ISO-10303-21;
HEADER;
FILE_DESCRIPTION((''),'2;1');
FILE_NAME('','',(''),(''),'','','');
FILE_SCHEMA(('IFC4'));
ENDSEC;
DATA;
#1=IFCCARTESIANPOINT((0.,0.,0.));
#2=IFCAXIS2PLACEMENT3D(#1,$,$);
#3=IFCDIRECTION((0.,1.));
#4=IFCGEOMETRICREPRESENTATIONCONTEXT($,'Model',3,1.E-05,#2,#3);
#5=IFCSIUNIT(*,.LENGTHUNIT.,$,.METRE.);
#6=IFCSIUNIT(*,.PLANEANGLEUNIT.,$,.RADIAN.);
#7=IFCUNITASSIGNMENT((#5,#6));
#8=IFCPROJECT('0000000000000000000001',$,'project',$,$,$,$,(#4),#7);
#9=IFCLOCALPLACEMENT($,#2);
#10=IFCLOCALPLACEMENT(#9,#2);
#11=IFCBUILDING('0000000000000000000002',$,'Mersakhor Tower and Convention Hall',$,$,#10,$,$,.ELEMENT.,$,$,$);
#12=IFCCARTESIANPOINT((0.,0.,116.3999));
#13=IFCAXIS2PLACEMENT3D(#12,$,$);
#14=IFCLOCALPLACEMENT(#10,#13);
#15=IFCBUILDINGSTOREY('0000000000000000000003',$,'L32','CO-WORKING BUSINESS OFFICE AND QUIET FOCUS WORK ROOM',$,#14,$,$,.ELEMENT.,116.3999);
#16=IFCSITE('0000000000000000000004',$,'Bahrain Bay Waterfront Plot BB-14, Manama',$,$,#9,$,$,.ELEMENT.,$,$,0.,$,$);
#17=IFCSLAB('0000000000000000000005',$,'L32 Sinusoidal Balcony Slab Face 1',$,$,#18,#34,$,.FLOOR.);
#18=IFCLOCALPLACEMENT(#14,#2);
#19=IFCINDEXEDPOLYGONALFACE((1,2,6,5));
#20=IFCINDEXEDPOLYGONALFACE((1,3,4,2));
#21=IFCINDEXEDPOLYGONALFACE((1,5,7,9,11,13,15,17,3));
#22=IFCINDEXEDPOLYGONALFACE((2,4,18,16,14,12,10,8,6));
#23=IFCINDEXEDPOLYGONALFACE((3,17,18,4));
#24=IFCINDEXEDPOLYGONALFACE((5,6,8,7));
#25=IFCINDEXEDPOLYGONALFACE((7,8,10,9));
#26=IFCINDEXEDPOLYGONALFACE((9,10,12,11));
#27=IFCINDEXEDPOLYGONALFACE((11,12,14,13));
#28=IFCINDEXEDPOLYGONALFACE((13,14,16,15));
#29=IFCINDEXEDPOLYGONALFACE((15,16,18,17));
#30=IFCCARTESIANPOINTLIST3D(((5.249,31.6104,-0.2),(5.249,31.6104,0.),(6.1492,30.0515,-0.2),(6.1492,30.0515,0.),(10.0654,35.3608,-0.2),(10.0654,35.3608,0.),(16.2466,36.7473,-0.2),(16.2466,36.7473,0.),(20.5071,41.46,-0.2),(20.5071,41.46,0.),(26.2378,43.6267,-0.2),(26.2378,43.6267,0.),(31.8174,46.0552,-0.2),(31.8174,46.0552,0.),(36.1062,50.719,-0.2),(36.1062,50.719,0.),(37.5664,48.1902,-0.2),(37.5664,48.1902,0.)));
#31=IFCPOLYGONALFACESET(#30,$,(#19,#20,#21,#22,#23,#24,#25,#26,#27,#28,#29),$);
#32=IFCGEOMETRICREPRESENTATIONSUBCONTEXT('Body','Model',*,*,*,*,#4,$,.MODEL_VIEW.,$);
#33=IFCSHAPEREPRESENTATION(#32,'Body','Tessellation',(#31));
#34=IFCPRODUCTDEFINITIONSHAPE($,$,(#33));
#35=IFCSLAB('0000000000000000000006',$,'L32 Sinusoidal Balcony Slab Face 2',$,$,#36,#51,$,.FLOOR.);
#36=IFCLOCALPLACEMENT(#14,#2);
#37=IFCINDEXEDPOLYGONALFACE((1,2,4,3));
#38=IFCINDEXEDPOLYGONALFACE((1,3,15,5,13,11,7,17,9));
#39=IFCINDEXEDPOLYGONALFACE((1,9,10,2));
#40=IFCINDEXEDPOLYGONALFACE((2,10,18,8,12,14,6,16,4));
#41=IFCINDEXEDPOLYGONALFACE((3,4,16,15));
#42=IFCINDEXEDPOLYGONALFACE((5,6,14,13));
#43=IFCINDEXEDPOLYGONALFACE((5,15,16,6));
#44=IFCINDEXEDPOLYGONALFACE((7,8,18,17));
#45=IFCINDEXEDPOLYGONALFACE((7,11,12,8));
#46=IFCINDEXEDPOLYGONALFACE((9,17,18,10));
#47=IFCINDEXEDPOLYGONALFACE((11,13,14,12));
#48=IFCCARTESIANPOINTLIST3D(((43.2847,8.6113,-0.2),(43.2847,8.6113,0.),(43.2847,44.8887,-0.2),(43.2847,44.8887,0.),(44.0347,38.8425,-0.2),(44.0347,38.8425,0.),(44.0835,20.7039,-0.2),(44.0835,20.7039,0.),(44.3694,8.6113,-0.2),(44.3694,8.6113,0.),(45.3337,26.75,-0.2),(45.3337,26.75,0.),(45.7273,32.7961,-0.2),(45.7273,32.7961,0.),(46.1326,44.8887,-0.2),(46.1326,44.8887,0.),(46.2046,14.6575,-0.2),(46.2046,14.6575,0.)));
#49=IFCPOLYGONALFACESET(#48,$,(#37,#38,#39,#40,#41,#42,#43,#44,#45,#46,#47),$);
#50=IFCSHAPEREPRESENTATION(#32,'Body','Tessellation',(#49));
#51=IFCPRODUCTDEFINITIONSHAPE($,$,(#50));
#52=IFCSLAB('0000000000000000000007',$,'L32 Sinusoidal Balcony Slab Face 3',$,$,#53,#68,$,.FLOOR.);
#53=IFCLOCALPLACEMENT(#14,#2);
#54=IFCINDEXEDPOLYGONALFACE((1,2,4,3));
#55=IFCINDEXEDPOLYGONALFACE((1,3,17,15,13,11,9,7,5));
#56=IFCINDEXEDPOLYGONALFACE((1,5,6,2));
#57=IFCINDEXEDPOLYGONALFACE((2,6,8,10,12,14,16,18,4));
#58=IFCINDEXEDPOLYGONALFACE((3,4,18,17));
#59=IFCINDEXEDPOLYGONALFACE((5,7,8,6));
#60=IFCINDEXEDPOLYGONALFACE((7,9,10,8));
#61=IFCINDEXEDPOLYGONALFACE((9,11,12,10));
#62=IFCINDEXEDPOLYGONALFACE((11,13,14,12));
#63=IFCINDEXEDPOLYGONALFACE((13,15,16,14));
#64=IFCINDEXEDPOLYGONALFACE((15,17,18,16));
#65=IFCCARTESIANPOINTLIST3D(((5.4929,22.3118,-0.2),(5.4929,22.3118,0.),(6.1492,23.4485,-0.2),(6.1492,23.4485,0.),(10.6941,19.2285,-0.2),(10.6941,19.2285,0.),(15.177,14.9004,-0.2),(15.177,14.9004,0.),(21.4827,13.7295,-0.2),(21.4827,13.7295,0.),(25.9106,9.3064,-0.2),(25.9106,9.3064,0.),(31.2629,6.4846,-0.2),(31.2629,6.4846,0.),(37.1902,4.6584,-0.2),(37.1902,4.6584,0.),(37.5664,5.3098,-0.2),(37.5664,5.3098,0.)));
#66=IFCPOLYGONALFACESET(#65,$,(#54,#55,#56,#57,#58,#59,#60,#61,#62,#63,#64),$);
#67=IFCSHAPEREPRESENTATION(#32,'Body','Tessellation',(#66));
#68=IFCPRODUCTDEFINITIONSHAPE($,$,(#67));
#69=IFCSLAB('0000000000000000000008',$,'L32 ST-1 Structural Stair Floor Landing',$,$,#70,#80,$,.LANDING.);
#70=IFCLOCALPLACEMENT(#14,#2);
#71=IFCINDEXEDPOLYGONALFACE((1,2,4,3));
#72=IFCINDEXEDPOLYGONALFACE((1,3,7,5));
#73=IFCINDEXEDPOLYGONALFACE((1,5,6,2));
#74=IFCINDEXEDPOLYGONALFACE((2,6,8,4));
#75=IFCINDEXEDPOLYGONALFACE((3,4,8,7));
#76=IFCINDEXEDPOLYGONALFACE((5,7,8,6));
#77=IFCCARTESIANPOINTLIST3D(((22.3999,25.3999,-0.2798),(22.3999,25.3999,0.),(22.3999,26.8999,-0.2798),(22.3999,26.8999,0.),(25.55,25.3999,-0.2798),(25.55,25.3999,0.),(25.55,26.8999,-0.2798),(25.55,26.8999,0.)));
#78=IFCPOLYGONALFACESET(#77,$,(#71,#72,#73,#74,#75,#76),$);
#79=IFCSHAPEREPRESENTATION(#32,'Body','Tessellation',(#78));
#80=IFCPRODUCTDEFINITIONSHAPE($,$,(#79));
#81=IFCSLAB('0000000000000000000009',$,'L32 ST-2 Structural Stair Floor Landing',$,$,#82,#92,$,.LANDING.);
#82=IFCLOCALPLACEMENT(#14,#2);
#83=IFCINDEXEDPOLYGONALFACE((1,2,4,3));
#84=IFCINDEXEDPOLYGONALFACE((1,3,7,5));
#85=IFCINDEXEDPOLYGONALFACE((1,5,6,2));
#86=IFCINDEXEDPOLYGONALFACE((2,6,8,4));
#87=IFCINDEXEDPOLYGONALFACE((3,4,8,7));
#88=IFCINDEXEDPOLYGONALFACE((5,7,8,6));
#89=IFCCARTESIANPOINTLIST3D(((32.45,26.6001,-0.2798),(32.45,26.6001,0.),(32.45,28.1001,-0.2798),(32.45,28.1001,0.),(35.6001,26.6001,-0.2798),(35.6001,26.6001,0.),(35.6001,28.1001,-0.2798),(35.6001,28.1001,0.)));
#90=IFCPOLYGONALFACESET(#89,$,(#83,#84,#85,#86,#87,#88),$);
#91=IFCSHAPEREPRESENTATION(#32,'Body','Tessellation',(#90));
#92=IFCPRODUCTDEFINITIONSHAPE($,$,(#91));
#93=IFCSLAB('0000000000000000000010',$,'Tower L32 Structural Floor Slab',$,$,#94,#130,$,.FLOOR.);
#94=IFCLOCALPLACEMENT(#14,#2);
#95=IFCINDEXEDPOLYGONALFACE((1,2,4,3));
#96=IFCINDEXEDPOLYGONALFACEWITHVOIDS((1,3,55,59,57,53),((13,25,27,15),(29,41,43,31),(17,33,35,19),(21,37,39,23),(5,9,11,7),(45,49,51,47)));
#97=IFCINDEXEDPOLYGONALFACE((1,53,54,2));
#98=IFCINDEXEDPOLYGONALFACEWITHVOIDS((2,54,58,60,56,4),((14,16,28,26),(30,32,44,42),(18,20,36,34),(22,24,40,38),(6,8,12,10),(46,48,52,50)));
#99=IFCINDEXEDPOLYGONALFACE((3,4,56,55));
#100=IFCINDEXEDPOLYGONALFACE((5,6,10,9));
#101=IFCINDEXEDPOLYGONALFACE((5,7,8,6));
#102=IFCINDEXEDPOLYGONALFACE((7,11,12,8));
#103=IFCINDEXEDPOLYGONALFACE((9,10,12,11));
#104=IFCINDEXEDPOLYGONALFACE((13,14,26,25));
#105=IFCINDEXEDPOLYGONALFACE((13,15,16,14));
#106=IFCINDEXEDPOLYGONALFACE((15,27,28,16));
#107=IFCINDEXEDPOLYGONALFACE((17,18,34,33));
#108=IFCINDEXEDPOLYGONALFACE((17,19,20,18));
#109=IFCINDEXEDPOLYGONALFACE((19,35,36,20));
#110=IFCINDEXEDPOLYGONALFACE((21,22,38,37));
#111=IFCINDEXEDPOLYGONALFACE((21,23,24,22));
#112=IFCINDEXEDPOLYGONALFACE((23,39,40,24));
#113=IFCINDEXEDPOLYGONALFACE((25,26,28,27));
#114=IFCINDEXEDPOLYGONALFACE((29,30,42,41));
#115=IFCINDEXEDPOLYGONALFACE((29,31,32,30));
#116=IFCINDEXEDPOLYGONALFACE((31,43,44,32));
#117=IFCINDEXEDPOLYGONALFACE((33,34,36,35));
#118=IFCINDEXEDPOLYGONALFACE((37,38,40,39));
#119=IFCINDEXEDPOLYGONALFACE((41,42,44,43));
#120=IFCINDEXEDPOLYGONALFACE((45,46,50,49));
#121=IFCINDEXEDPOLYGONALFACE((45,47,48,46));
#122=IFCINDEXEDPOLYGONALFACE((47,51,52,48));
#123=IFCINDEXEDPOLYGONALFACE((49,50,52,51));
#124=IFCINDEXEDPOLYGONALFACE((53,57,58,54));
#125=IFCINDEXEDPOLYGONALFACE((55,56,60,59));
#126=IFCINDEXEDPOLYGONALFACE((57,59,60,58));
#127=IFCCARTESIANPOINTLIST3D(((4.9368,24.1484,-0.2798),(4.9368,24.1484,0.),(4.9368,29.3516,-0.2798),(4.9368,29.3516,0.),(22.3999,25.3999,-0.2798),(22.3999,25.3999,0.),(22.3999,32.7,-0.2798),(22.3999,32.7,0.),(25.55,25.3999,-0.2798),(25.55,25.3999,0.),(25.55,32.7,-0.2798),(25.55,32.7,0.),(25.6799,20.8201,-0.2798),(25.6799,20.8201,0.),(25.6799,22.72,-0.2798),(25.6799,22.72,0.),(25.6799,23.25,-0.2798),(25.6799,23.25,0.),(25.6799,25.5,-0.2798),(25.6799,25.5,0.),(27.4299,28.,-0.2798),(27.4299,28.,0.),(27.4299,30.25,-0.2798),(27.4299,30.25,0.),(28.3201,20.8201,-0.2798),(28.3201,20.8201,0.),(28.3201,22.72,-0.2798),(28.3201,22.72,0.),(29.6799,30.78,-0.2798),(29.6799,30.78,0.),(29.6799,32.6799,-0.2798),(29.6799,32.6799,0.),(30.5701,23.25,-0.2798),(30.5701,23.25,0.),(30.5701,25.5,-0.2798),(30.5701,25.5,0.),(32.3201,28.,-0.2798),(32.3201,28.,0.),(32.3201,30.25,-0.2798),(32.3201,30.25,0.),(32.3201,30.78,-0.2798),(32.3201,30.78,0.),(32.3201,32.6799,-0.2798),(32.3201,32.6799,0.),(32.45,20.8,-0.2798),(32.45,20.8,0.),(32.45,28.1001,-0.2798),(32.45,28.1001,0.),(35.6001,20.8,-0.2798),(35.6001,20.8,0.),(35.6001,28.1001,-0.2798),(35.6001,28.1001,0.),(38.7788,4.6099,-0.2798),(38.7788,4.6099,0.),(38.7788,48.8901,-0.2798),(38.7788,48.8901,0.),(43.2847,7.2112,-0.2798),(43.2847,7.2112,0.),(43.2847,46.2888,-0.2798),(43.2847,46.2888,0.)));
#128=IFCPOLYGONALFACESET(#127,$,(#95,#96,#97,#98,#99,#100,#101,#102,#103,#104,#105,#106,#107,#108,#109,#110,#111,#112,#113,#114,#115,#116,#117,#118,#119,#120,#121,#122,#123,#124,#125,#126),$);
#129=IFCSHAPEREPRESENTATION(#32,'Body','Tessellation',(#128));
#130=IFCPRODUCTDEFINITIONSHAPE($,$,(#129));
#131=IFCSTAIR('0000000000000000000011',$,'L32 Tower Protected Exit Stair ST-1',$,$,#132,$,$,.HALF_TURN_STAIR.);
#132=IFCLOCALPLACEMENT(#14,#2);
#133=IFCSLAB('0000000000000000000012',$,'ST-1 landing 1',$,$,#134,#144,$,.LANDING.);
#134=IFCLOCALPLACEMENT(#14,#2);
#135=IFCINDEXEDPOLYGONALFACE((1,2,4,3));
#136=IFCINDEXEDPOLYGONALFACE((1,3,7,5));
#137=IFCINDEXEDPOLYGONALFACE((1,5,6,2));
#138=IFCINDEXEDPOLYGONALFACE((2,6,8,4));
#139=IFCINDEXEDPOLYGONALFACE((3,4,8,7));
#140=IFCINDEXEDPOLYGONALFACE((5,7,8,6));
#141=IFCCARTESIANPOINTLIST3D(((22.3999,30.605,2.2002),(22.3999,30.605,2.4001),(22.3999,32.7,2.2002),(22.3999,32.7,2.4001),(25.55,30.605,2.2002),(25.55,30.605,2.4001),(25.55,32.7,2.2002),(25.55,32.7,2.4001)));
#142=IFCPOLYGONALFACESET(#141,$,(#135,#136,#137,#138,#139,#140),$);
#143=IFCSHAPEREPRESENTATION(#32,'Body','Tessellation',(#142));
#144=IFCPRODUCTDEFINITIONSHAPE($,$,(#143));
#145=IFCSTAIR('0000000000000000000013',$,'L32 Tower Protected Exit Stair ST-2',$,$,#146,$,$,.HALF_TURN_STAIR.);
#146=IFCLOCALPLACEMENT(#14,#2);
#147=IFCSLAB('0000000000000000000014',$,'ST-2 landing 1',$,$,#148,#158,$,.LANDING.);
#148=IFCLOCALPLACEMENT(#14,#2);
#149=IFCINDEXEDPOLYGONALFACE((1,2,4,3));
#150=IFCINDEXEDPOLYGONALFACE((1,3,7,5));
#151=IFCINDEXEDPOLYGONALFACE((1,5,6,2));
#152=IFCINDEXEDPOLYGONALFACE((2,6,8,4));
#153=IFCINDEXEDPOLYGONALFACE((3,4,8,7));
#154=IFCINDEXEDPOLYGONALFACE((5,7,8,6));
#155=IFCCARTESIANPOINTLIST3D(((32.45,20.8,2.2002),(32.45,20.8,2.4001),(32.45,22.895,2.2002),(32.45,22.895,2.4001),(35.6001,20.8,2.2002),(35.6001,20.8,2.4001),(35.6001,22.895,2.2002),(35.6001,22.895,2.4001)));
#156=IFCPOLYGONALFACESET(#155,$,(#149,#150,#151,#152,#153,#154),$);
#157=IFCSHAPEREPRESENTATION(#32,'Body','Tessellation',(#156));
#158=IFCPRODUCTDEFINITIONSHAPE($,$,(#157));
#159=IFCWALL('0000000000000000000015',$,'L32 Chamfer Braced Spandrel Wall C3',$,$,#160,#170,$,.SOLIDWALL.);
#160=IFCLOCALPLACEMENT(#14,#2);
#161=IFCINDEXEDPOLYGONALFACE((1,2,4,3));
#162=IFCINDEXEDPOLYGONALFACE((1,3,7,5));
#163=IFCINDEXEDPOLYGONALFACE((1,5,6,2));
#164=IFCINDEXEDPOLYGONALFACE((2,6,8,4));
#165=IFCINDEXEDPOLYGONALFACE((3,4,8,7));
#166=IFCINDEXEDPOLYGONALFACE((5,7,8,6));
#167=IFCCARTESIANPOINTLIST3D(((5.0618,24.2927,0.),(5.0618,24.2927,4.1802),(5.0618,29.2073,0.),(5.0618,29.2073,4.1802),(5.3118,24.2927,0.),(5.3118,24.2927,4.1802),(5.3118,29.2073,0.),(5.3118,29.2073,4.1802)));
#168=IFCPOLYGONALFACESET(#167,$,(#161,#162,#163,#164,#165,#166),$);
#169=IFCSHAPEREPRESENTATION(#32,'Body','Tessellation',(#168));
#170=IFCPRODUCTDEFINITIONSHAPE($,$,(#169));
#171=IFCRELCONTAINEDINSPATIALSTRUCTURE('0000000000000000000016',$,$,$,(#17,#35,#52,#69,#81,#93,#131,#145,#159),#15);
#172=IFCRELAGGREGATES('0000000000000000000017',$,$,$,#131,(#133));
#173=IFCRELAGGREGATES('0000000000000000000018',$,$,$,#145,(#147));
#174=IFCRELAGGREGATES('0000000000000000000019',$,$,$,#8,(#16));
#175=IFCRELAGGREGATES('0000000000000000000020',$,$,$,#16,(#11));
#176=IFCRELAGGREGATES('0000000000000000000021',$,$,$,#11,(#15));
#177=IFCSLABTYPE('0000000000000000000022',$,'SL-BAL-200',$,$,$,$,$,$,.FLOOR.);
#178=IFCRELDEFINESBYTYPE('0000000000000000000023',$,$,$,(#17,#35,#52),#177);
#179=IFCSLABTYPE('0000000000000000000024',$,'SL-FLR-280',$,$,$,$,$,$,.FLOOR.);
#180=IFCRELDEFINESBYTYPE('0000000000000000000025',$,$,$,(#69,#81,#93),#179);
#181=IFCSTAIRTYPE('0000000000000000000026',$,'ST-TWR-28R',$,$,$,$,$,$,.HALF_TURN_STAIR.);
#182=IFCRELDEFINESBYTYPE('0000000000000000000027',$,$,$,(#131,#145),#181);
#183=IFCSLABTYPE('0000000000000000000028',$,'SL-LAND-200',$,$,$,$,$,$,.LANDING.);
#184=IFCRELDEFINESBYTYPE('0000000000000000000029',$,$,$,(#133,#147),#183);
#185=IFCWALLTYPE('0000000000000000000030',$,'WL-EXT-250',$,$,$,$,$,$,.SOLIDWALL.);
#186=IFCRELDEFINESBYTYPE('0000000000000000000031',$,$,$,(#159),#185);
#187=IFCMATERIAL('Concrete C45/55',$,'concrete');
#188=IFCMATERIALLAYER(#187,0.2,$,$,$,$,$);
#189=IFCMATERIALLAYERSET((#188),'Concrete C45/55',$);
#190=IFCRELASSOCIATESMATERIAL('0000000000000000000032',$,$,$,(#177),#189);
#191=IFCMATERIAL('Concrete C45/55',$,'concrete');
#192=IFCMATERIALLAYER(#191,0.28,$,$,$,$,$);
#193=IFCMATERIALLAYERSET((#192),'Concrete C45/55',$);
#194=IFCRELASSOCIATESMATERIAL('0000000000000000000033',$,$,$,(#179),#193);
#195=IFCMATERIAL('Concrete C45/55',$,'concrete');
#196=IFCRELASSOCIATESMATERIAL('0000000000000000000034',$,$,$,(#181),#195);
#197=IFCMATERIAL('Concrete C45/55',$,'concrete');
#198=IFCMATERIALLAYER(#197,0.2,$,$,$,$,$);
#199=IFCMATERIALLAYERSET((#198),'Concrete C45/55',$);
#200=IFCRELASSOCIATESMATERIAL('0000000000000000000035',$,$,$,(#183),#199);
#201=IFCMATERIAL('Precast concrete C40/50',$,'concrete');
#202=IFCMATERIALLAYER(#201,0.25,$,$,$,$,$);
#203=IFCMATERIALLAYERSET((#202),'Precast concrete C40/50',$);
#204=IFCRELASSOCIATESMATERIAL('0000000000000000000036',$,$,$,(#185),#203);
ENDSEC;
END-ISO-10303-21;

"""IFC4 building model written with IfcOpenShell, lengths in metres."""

from ifc_helpers import new_model, si_unit, direction, frame, frame_2d, origin, place, context, subcontext, project, spatial, polyline, rectangle, outline, extrude, material, layer, layer_set, type_object, element, aggregate, save


model = new_model("IFC4")

# Units and contexts
model_context = context("Model", 3, precision=1e-05, world=origin(), true_north=direction((0.0, 1.0)))
body_context = subcontext(model_context, "Body", "Model", "MODEL_VIEW")
ifc_project = project(units=[si_unit("LENGTHUNIT", "METRE"), si_unit("PLANEANGLEUNIT", "RADIAN")], contexts=[model_context])

# Site, building, storey
site_placement = place(None, origin())
site = spatial("IfcSite", under=ifc_project, at=site_placement, Name="Bahrain Bay Waterfront Plot BB-14, Manama", CompositionType="ELEMENT", RefElevation=0.0)
building_placement = place(site_placement, origin())
building = spatial("IfcBuilding", under=site, at=building_placement, Name="Mersakhor Tower and Convention Hall", CompositionType="ELEMENT")
storey_placement = place(building_placement, frame((0.0, 0.0, 116.3999)))
storey = spatial("IfcBuildingStorey", under=building, at=storey_placement, Name="L32", Description="CO-WORKING BUSINESS OFFICE AND QUIET FOCUS WORK ROOM", CompositionType="ELEMENT", Elevation=116.3999)

# Slabs
ifc_material_1 = material(Name="Concrete C45/55", Category="concrete")
ifc_layer_1 = layer(ifc_material_1, 0.2)
ifc_layer_set_1 = layer_set([ifc_layer_1], Name="Concrete C45/55")
slab_type_1 = type_object("IfcSlabType", Name="SL-BAL-200", PredefinedType="FLOOR", material=ifc_layer_set_1)
slab_1_placement = place(storey_placement, frame((0.0, 0.0, -0.2)))
element("IfcSlab", 1, at=slab_1_placement, inside=storey, type_object=slab_type_1, Name="L32 Sinusoidal Balcony Slab Face 1", PredefinedType="FLOOR", context=body_context, shape_type="SweptSolid", body=[
    extrude(outline(polyline([(6.1492, 30.0515), (37.5664, 48.1902), (36.1062, 50.719), (31.8174, 46.0552), (26.2378, 43.6267), (20.5071, 41.46), (16.2466, 36.7473), (10.0654, 35.3608), (5.249, 31.6104), (6.1492, 30.0515)])), origin(), (0.0, 0.0, 1.0), 0.2),
])
slab_2_placement = place(storey_placement, frame((0.0, 0.0, -0.2)))
element("IfcSlab", 2, at=slab_2_placement, inside=storey, type_object=slab_type_1, Name="L32 Sinusoidal Balcony Slab Face 2", PredefinedType="FLOOR", context=body_context, shape_type="SweptSolid", body=[
    extrude(outline(polyline([(43.2847, 44.8887), (43.2847, 8.6113), (44.3694, 8.6113), (46.2046, 14.6575), (44.0835, 20.7039), (45.3337, 26.75), (45.7273, 32.7961), (44.0347, 38.8425), (46.1326, 44.8887), (43.2847, 44.8887)])), origin(), (0.0, 0.0, 1.0), 0.2),
])
slab_3_placement = place(storey_placement, frame((0.0, 0.0, -0.2)))
element("IfcSlab", 3, at=slab_3_placement, inside=storey, type_object=slab_type_1, Name="L32 Sinusoidal Balcony Slab Face 3", PredefinedType="FLOOR", context=body_context, shape_type="SweptSolid", body=[
    extrude(outline(polyline([(37.5664, 5.3098), (6.1492, 23.4485), (5.4929, 22.3118), (10.6941, 19.2285), (15.177, 14.9004), (21.4827, 13.7295), (25.9106, 9.3064), (31.2629, 6.4846), (37.1902, 4.6584), (37.5664, 5.3098)])), origin(), (0.0, 0.0, 1.0), 0.2),
])
ifc_material_2 = material(Name="Concrete C45/55", Category="concrete")
ifc_layer_2 = layer(ifc_material_2, 0.28)
ifc_layer_set_2 = layer_set([ifc_layer_2], Name="Concrete C45/55")
slab_type_2 = type_object("IfcSlabType", Name="SL-FLR-280", PredefinedType="FLOOR", material=ifc_layer_set_2)
slab_4_placement = place(storey_placement, frame((0.0, 0.0, -0.2798)))
element("IfcSlab", 4, at=slab_4_placement, inside=storey, type_object=slab_type_2, Name="L32 ST-1 Structural Stair Floor Landing", PredefinedType="LANDING", context=body_context, shape_type="SweptSolid", body=[
    extrude(outline(polyline([(25.55, 25.3999), (25.55, 26.8999), (22.3999, 26.8999), (22.3999, 25.3999), (25.55, 25.3999)])), origin(), (0.0, 0.0, 1.0), 0.2798),
])
slab_5_placement = place(storey_placement, frame((0.0, 0.0, -0.2798)))
element("IfcSlab", 5, at=slab_5_placement, inside=storey, type_object=slab_type_2, Name="L32 ST-2 Structural Stair Floor Landing", PredefinedType="LANDING", context=body_context, shape_type="SweptSolid", body=[
    extrude(outline(polyline([(32.45, 28.1001), (32.45, 26.6001), (35.6001, 26.6001), (35.6001, 28.1001), (32.45, 28.1001)])), origin(), (0.0, 0.0, 1.0), 0.2798),
])
slab_6_placement = place(storey_placement, frame((0.0, 0.0, -0.2798)))
element("IfcSlab", 6, at=slab_6_placement, inside=storey, type_object=slab_type_2, Name="Tower L32 Structural Floor Slab", PredefinedType="FLOOR", context=body_context, shape_type="SweptSolid", body=[
    extrude(outline(polyline([(4.9368, 29.3516), (38.7788, 48.8901), (43.2847, 46.2888), (43.2847, 7.2112), (38.7788, 4.6099), (4.9368, 24.1484), (4.9368, 29.3516)]), holes=[polyline([(25.55, 25.3999), (25.55, 32.7), (22.3999, 32.7), (22.3999, 25.3999), (25.55, 25.3999)]), polyline([(32.45, 28.1001), (32.45, 20.8), (35.6001, 20.8), (35.6001, 28.1001), (32.45, 28.1001)]), polyline([(25.6799, 20.8201), (25.6799, 22.72), (28.3201, 22.72), (28.3201, 20.8201), (25.6799, 20.8201)]), polyline([(29.6799, 30.78), (29.6799, 32.6799), (32.3201, 32.6799), (32.3201, 30.78), (29.6799, 30.78)]), polyline([(25.6799, 23.25), (25.6799, 25.5), (30.5701, 25.5), (30.5701, 23.25), (25.6799, 23.25)]), polyline([(27.4299, 28.0), (27.4299, 30.25), (32.3201, 30.25), (32.3201, 28.0), (27.4299, 28.0)])]), origin(), (0.0, 0.0, 1.0), 0.2798),
])

# Stairs, slabs
ifc_material_3 = material(Name="Concrete C45/55", Category="concrete")
stair_type = type_object("IfcStairType", Name="ST-TWR-28R", PredefinedType="HALF_TURN_STAIR", material=ifc_material_3)
stair_1_placement = place(storey_placement, origin())
stair_1 = element("IfcStair", 7, at=stair_1_placement, inside=storey, type_object=stair_type, Name="L32 Tower Protected Exit Stair ST-1", PredefinedType="HALF_TURN_STAIR")
ifc_material_4 = material(Name="Concrete C45/55", Category="concrete")
ifc_layer_3 = layer(ifc_material_4, 0.2)
ifc_layer_set_3 = layer_set([ifc_layer_3], Name="Concrete C45/55")
slab_type_3 = type_object("IfcSlabType", Name="SL-LAND-200", PredefinedType="LANDING", material=ifc_layer_set_3)
slab_7_placement = place(storey_placement, frame((0.0, 0.0, 2.2002)))
slab_7 = element("IfcSlab", 8, at=slab_7_placement, type_object=slab_type_3, Name="ST-1 landing 1", PredefinedType="LANDING", context=body_context, shape_type="SweptSolid", body=[
    extrude(outline(polyline([(25.55, 30.605), (25.55, 32.7), (22.3999, 32.7), (22.3999, 30.605), (25.55, 30.605)])), origin(), (0.0, 0.0, 1.0), 0.2),
])
aggregate(stair_1, [slab_7])
stair_2_placement = place(storey_placement, origin())
stair_2 = element("IfcStair", 9, at=stair_2_placement, inside=storey, type_object=stair_type, Name="L32 Tower Protected Exit Stair ST-2", PredefinedType="HALF_TURN_STAIR")
slab_8_placement = place(storey_placement, frame((0.0, 0.0, 2.2002)))
slab_8 = element("IfcSlab", 10, at=slab_8_placement, type_object=slab_type_3, Name="ST-2 landing 1", PredefinedType="LANDING", context=body_context, shape_type="SweptSolid", body=[
    extrude(outline(polyline([(32.45, 22.895), (32.45, 20.8), (35.6001, 20.8), (35.6001, 22.895), (32.45, 22.895)])), origin(), (0.0, 0.0, 1.0), 0.2),
])
aggregate(stair_2, [slab_8])

# Wall
ifc_material_5 = material(Name="Precast concrete C40/50", Category="concrete")
ifc_layer_4 = layer(ifc_material_5, 0.25)
ifc_layer_set_4 = layer_set([ifc_layer_4], Name="Precast concrete C40/50")
wall_type_1 = type_object("IfcWallType", Name="WL-EXT-250", PredefinedType="SOLIDWALL", material=ifc_layer_set_4)
wall_1_placement = place(storey_placement, frame((5.1868, 24.2927, 0.0), z_axis=(0.0, 0.0, 1.0), x_axis=(0.0, 1.0, 0.0)))
element("IfcWall", 11, at=wall_1_placement, inside=storey, type_object=wall_type_1, Name="L32 Chamfer Braced Spandrel Wall C3", PredefinedType="SOLIDWALL", context=body_context, shape_type="SweptSolid", body=[
    extrude(rectangle(XDim=4.9146, YDim=0.25, at=frame_2d((2.4573, 0.0))), origin(), (0.0, 0.0, 1.0), 4.1802),
])

save(model, "model.ifc")
